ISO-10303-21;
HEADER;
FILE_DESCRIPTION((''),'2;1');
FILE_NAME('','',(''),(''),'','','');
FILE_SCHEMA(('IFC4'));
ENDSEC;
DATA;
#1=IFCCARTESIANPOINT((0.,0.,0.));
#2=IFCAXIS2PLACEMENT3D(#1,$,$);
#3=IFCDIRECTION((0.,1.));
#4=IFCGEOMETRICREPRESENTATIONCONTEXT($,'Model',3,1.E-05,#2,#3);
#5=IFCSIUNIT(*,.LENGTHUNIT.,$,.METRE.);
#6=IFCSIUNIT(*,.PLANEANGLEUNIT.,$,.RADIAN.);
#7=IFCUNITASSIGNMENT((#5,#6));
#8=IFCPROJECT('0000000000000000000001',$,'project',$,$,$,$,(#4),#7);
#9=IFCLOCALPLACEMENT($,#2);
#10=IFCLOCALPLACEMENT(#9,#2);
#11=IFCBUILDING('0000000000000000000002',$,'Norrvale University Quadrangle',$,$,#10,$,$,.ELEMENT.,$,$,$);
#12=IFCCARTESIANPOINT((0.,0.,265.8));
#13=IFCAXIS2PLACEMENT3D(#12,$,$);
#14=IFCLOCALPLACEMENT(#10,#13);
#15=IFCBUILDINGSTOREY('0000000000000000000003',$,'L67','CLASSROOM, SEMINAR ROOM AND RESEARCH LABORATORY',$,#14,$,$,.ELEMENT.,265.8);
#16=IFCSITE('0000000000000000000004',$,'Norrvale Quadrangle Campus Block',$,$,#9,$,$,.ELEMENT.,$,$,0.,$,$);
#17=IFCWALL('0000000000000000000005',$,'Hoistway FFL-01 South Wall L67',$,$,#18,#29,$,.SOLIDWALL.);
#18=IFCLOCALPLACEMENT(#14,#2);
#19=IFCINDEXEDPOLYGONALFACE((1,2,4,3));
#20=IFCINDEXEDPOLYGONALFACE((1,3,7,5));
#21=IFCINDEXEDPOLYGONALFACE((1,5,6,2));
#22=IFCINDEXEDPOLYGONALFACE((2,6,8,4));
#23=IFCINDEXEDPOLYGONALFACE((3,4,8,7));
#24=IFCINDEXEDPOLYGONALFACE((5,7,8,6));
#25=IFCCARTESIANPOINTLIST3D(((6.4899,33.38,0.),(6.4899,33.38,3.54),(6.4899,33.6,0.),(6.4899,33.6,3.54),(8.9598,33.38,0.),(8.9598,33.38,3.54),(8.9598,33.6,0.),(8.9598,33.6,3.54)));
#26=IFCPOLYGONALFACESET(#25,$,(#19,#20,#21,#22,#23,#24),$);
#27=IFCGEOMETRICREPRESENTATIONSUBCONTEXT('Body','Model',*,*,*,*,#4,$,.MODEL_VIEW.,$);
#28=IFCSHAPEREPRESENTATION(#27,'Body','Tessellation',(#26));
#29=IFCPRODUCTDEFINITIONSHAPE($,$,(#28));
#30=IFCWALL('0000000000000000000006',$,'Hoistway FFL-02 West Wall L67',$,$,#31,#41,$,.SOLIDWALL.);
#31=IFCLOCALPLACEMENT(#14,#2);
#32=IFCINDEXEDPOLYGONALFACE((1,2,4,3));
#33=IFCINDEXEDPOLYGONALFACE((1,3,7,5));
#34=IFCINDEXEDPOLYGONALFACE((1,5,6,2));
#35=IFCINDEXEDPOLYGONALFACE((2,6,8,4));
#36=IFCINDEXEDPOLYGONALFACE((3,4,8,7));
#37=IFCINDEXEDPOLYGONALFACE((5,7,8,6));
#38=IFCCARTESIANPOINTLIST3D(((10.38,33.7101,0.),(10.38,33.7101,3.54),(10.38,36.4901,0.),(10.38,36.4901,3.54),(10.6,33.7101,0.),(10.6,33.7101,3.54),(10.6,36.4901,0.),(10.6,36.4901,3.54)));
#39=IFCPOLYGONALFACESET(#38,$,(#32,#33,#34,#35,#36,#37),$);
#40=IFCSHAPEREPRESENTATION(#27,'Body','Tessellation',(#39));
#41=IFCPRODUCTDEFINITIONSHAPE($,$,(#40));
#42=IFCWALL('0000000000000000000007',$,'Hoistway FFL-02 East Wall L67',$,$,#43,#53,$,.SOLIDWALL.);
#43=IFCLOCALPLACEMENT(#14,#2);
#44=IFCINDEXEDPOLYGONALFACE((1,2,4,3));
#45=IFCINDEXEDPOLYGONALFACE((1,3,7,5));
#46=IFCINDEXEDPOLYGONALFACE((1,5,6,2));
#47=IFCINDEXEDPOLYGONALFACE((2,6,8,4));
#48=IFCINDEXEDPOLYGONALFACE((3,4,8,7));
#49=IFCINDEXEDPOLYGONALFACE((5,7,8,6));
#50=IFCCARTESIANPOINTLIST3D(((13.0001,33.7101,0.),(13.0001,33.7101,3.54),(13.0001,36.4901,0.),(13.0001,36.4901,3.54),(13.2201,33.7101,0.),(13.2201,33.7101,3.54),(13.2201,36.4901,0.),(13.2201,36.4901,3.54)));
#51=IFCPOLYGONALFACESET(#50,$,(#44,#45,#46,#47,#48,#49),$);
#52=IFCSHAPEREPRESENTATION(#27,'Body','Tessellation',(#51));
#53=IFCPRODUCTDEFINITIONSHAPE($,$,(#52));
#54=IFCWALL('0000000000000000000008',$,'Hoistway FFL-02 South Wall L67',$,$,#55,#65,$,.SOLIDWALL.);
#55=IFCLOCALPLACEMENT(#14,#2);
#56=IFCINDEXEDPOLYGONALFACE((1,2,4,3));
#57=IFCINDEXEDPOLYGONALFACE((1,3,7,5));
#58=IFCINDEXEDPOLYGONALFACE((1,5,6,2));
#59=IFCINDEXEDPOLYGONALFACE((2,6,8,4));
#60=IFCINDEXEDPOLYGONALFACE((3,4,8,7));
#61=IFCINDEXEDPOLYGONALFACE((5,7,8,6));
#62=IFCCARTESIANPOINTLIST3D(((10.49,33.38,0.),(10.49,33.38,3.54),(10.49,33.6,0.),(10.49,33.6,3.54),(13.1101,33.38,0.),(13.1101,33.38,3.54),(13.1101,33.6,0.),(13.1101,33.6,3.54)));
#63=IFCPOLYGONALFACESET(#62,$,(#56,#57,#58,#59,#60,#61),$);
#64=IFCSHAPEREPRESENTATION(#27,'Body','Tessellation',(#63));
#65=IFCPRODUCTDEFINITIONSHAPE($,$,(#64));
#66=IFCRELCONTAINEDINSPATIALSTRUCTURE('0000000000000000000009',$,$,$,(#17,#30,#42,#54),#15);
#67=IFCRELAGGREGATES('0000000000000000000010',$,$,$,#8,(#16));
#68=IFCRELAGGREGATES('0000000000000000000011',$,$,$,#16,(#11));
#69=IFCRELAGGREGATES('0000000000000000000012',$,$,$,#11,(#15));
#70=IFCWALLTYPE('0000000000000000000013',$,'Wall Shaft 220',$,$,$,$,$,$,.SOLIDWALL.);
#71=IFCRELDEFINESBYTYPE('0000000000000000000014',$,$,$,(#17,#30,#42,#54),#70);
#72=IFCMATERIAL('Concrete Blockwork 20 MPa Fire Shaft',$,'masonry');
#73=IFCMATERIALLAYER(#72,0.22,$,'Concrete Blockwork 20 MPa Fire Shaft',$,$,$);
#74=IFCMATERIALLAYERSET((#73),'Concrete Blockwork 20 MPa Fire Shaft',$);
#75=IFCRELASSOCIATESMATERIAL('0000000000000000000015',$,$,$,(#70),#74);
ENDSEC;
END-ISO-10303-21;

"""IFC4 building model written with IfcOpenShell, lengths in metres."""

from ifc_helpers import new_model, si_unit, direction, frame, frame_2d, origin, place, context, subcontext, project, spatial, rectangle, extrude, material, layer, layer_set, type_object, element, save


model = new_model("IFC4")

# Units and contexts
model_context = context("Model", 3, precision=1e-05, world=origin(), true_north=direction((0.0, 1.0)))
body_context = subcontext(model_context, "Body", "Model", "MODEL_VIEW")
ifc_project = project(units=[si_unit("LENGTHUNIT", "METRE"), si_unit("PLANEANGLEUNIT", "RADIAN")], contexts=[model_context])

# Site, building, storey
site_placement = place(None, origin())
site = spatial("IfcSite", under=ifc_project, at=site_placement, Name="Norrvale Quadrangle Campus Block", CompositionType="ELEMENT", RefElevation=0.0)
building_placement = place(site_placement, origin())
building = spatial("IfcBuilding", under=site, at=building_placement, Name="Norrvale University Quadrangle", CompositionType="ELEMENT")
storey_placement = place(building_placement, frame((0.0, 0.0, 265.8)))
storey = spatial("IfcBuildingStorey", under=building, at=storey_placement, Name="L67", Description="CLASSROOM, SEMINAR ROOM AND RESEARCH LABORATORY", CompositionType="ELEMENT", Elevation=265.8)

# Shared definitions
ifc_material_1 = material(Name="Concrete Blockwork 20 MPa Fire Shaft", Category="masonry")
ifc_layer_1 = layer(ifc_material_1, 0.22, Name="Concrete Blockwork 20 MPa Fire Shaft")
ifc_layer_set_1 = layer_set([ifc_layer_1], Name="Concrete Blockwork 20 MPa Fire Shaft")
wall_type_1 = type_object("IfcWallType", Name="Wall Shaft 220", PredefinedType="SOLIDWALL", material=ifc_layer_set_1)

# Walls
wall_1_placement = place(storey_placement, frame((6.49, 33.49, 0.0), z_axis=(0.0, 0.0, 1.0), x_axis=(1.0, 0.0, 0.0)))
element("IfcWall", 1, at=wall_1_placement, inside=storey, type_object=wall_type_1, Name="Hoistway FFL-01 South Wall L67", PredefinedType="SOLIDWALL", context=body_context, shape_type="SweptSolid", body=[
    extrude(rectangle(XDim=2.47, YDim=0.22, at=frame_2d((1.2349, 0.0))), origin(), (0.0, 0.0, 1.0), 3.54),
])
for number, where, z_axis, x_axis, name in (
    (2, (10.49, 33.71, 0.0), (0.0, 0.0, 1.0), (0.0, 1.0, 0.0), "Hoistway FFL-02 West Wall L67"),
    (3, (13.1101, 33.71, 0.0), (0.0, 0.0, 1.0), (0.0, 1.0, 0.0), "Hoistway FFL-02 East Wall L67"),
):
    element("IfcWall", number, at=place(storey_placement, frame(where, z_axis=z_axis, x_axis=x_axis)), inside=storey, type_object=wall_type_1, Name=name, PredefinedType="SOLIDWALL", context=body_context, shape_type="SweptSolid", body=[
        extrude(rectangle(XDim=2.78, YDim=0.22, at=frame_2d((1.3901, 0.0))), origin(), (0.0, 0.0, 1.0), 3.54),
    ])
wall_2_placement = place(storey_placement, frame((10.49, 33.49, 0.0), z_axis=(0.0, 0.0, 1.0), x_axis=(1.0, 0.0, 0.0)))
element("IfcWall", 4, at=wall_2_placement, inside=storey, type_object=wall_type_1, Name="Hoistway FFL-02 South Wall L67", PredefinedType="SOLIDWALL", context=body_context, shape_type="SweptSolid", body=[
    extrude(rectangle(XDim=2.6201, YDim=0.22, at=frame_2d((1.3101, 0.0))), origin(), (0.0, 0.0, 1.0), 3.54),
])

save(model, "model.ifc")
